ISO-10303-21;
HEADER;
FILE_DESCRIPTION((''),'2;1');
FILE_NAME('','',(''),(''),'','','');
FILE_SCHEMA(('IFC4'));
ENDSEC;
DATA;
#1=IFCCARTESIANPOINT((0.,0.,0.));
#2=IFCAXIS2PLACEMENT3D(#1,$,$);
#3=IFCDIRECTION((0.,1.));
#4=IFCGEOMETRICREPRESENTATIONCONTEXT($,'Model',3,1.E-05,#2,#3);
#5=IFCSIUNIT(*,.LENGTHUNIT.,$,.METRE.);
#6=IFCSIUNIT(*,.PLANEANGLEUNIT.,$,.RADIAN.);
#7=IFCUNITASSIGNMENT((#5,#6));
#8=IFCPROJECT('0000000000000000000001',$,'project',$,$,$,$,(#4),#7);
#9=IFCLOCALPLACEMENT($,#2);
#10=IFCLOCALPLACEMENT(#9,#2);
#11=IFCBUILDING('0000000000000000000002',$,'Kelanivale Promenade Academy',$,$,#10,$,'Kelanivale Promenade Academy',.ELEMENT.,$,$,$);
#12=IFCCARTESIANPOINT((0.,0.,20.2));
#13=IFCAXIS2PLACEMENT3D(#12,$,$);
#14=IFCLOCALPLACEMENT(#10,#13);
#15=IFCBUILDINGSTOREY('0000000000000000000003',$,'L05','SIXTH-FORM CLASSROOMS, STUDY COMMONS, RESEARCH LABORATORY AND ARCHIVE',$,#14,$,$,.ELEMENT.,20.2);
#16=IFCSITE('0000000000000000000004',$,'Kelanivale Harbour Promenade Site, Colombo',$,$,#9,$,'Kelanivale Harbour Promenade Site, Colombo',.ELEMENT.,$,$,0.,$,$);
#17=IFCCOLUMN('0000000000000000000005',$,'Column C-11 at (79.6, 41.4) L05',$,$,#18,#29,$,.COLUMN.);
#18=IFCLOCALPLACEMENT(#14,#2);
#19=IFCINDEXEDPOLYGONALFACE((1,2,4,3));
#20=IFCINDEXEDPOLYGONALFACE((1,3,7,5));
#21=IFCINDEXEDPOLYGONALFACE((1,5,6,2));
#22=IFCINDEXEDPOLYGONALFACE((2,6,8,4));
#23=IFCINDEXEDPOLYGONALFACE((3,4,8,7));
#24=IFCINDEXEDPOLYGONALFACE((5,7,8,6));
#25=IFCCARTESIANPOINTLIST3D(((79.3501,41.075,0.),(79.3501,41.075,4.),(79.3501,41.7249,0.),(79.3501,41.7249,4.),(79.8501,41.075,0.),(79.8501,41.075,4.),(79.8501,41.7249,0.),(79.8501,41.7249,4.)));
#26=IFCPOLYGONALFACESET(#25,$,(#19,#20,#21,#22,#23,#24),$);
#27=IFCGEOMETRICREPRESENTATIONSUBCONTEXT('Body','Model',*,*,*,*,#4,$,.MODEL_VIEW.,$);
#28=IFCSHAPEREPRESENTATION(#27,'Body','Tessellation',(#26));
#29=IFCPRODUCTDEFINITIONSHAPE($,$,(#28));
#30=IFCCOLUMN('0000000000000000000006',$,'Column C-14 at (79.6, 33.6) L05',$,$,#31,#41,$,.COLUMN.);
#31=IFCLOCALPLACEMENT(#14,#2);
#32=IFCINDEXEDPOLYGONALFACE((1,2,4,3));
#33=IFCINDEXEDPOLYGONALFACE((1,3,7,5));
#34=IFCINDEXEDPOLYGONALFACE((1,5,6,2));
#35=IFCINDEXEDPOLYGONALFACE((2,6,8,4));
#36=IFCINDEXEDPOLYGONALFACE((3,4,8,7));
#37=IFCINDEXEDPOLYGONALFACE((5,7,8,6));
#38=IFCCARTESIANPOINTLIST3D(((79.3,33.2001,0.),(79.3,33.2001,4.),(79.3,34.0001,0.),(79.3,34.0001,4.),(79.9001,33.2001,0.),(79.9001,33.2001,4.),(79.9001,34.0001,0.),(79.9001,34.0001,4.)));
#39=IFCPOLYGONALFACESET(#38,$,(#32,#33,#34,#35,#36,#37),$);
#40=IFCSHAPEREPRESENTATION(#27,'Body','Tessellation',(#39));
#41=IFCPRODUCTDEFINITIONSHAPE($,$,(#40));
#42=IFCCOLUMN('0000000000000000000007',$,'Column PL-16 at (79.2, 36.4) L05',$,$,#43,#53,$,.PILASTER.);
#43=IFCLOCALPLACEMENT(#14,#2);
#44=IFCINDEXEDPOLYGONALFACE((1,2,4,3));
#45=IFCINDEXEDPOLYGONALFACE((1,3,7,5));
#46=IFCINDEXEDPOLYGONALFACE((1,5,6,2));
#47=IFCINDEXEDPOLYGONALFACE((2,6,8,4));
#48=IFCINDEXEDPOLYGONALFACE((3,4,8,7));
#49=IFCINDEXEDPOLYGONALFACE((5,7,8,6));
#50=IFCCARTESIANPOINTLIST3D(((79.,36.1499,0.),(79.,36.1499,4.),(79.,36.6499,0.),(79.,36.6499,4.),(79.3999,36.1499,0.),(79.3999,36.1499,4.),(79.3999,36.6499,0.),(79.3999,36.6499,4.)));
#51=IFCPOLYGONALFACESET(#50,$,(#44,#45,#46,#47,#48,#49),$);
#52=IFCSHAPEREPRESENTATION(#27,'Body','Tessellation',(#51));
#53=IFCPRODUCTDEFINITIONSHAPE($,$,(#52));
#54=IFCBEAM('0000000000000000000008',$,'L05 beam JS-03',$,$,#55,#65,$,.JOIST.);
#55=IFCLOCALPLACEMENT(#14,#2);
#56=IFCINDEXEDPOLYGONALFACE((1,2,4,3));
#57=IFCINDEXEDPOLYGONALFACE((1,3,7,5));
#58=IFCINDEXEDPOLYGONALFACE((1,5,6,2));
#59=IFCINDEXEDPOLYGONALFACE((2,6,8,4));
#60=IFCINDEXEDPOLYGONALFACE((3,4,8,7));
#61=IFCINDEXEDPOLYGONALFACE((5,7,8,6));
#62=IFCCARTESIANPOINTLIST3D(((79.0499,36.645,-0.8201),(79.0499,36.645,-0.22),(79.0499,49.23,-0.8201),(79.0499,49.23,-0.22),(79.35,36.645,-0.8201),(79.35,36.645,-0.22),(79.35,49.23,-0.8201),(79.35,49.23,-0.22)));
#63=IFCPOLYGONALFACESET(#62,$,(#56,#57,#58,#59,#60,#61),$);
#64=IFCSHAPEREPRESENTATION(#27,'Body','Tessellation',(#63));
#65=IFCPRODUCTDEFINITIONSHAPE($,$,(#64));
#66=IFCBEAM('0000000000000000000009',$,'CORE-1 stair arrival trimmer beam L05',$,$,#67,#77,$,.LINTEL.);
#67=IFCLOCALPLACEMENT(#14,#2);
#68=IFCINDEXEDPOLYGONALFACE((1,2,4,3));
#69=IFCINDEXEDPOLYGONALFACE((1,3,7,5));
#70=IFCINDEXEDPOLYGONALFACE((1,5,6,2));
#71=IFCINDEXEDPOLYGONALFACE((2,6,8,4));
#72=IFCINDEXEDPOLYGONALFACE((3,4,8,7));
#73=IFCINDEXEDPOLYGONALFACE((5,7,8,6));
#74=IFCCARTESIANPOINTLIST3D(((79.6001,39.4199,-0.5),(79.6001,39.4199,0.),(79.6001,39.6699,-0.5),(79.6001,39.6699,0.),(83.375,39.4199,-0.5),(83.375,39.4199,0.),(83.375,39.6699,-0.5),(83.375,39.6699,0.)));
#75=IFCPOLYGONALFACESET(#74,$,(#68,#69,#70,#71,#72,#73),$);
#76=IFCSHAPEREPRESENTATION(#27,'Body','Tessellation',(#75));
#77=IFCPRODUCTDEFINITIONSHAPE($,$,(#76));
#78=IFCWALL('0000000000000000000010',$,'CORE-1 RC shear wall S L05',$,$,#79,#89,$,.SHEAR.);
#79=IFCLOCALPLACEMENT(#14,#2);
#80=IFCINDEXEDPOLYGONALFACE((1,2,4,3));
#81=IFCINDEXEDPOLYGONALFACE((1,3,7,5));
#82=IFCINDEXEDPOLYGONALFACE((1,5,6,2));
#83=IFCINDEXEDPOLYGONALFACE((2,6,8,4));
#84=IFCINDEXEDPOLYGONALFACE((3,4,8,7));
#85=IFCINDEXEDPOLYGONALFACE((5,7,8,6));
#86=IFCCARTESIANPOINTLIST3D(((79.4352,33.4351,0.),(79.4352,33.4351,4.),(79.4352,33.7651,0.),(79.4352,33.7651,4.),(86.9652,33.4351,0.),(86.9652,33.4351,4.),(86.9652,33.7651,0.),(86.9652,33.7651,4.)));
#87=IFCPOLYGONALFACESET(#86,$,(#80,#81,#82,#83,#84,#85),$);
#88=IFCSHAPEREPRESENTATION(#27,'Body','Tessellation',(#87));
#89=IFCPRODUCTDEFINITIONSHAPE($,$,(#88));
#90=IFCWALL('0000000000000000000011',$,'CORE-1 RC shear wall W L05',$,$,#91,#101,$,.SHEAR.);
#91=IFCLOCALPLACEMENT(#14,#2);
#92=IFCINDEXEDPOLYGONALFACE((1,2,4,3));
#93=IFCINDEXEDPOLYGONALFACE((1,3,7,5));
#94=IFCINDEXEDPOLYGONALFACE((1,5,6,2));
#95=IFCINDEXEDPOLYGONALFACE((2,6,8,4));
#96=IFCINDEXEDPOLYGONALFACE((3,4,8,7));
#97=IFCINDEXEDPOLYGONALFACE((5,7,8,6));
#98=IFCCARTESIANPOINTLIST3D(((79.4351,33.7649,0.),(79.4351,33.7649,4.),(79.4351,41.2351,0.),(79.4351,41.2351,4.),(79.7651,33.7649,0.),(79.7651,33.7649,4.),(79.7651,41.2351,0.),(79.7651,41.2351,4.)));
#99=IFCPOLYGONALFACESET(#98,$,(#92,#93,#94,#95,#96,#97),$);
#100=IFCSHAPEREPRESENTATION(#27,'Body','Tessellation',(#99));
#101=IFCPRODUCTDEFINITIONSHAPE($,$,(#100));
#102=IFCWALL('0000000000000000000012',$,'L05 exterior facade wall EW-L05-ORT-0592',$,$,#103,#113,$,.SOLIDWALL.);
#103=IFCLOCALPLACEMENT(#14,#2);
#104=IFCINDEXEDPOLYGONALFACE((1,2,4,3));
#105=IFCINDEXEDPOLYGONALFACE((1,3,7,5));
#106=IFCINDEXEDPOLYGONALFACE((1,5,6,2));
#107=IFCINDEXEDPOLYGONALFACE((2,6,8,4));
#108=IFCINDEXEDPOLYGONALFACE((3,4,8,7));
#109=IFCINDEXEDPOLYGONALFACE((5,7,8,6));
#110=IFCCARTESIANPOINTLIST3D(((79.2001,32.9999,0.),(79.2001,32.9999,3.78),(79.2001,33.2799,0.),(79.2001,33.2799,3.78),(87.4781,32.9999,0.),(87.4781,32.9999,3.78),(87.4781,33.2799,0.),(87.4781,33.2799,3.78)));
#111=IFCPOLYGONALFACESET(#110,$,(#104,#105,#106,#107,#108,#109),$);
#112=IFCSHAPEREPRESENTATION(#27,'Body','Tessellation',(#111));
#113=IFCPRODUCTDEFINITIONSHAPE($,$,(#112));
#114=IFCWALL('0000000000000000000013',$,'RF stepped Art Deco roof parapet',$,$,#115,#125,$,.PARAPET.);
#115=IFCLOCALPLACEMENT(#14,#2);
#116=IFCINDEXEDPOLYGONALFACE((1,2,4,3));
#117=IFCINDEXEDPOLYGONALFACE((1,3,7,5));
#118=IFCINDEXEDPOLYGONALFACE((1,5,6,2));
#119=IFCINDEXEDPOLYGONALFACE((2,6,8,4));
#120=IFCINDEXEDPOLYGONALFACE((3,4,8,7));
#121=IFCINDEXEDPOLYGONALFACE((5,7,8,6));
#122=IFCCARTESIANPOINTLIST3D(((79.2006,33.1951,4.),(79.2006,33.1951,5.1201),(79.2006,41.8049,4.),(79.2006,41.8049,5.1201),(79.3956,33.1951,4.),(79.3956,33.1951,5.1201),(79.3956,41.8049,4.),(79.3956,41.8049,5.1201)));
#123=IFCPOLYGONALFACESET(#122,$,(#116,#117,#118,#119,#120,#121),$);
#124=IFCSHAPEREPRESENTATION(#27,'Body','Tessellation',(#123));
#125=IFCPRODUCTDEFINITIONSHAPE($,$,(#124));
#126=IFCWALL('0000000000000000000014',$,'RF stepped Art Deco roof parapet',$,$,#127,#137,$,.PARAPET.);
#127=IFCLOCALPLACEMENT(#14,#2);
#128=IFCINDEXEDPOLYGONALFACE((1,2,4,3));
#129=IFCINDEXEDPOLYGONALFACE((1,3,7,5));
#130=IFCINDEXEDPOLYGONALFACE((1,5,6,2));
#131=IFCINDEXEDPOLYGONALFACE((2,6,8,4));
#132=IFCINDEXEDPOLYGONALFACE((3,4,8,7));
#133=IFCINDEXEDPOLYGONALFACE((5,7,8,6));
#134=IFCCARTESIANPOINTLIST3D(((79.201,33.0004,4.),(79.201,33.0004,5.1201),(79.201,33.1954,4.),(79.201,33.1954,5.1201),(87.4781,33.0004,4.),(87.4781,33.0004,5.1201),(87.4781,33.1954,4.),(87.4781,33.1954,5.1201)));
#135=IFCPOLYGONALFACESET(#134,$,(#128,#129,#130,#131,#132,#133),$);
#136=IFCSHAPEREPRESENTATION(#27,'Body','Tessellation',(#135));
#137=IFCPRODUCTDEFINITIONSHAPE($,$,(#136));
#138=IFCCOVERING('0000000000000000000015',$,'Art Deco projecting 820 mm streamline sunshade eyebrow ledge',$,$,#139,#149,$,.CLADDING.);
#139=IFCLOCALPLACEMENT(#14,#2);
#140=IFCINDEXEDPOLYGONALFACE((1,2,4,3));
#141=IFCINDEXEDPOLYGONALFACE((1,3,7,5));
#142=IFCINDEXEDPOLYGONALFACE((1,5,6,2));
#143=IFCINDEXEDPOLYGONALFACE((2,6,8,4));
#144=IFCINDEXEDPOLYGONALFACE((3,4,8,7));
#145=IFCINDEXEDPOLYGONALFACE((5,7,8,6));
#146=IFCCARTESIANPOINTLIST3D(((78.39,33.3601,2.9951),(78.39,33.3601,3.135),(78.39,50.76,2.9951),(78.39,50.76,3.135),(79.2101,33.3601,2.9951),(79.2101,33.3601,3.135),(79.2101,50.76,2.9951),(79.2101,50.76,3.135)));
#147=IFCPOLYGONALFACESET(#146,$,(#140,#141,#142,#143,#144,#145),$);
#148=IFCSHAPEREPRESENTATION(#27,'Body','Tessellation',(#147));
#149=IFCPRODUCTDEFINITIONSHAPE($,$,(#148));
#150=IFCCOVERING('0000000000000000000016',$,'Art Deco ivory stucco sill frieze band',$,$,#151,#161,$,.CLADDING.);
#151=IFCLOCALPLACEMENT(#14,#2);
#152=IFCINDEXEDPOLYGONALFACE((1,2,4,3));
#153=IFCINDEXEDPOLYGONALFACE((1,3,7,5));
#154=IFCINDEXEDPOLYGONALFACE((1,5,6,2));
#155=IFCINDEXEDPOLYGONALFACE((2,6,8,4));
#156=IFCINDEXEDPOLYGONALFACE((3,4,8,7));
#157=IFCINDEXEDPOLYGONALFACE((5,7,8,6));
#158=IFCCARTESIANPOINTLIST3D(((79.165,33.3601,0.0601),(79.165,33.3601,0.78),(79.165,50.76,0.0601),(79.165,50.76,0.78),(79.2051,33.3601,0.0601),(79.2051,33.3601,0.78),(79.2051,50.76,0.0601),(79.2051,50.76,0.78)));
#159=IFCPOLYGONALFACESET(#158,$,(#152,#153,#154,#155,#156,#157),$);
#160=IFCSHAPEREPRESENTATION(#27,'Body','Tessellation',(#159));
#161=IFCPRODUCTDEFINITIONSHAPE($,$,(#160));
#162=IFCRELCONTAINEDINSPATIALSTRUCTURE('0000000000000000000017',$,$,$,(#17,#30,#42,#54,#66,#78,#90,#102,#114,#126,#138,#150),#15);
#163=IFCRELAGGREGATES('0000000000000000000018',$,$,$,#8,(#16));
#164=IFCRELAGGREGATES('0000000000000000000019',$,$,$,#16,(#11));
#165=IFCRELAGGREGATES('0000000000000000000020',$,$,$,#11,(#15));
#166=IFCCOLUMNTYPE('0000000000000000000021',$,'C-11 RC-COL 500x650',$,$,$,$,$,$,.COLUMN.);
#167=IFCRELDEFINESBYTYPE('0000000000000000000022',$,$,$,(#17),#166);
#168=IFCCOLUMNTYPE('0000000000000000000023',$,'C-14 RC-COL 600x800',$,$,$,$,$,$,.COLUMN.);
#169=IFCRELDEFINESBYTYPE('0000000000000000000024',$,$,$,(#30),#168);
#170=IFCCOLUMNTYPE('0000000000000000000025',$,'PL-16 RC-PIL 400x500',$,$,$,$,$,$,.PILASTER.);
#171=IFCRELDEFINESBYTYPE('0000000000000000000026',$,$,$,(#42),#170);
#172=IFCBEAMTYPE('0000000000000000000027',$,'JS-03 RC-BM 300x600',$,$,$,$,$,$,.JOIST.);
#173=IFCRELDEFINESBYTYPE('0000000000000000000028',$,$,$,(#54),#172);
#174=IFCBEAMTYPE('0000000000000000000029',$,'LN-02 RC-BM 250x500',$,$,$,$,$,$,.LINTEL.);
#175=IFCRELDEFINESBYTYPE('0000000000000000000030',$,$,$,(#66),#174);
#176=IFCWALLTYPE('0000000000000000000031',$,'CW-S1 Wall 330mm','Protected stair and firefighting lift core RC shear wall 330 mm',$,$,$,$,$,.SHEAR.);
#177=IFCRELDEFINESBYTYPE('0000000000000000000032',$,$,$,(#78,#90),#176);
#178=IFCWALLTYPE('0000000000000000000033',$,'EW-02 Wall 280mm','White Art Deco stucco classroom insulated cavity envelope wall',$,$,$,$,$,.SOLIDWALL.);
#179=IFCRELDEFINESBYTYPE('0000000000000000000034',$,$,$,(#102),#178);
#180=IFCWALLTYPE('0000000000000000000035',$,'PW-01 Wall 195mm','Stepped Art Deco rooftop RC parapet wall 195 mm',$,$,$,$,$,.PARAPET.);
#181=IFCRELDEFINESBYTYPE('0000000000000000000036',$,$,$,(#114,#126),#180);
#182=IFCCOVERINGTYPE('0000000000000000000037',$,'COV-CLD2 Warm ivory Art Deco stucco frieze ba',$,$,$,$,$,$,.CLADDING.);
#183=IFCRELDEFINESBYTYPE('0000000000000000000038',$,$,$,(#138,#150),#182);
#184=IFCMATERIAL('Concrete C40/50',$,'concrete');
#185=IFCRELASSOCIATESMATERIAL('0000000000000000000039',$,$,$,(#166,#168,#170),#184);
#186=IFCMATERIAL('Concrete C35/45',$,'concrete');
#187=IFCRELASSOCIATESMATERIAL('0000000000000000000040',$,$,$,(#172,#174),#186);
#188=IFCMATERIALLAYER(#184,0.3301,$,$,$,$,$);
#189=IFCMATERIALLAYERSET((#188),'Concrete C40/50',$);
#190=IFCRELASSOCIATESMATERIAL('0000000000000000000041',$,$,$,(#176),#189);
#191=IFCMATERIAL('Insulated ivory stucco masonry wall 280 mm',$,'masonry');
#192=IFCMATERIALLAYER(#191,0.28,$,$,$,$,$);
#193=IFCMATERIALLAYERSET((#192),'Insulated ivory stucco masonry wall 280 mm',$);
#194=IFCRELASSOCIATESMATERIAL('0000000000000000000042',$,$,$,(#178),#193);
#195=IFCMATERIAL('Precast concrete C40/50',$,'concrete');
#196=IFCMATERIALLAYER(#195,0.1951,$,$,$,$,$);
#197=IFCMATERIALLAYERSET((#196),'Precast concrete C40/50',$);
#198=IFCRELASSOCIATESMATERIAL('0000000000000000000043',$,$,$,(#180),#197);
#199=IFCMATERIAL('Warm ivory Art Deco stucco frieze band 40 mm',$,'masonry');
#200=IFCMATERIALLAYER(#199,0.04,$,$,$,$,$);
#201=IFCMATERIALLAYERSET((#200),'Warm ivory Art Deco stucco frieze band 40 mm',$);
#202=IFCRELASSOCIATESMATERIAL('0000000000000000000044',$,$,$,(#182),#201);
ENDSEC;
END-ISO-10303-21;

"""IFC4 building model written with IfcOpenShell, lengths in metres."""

from ifc_helpers import new_model, si_unit, direction, frame, frame_2d, origin, origin_2d, place, context, subcontext, project, spatial, rectangle, extrude, material, layer, layer_set, material_profile, profile_set, type_object, element, save


model = new_model("IFC4")

# Units and contexts
model_context = context("Model", 3, precision=1e-05, world=origin(), true_north=direction((0.0, 1.0)))
body_context = subcontext(model_context, "Body", "Model", "MODEL_VIEW")
ifc_project = project(units=[si_unit("LENGTHUNIT", "METRE"), si_unit("PLANEANGLEUNIT", "RADIAN")], contexts=[model_context])

# Site, building, storey
site_placement = place(None, origin())
site = spatial("IfcSite", under=ifc_project, at=site_placement, Name="Kelanivale Harbour Promenade Site, Colombo", LongName="Kelanivale Harbour Promenade Site, Colombo", CompositionType="ELEMENT", RefElevation=0.0)
building_placement = place(site_placement, origin())
building = spatial("IfcBuilding", under=site, at=building_placement, Name="Kelanivale Promenade Academy", LongName="Kelanivale Promenade Academy", CompositionType="ELEMENT")
storey_placement = place(building_placement, frame((0.0, 0.0, 20.2)))
storey = spatial("IfcBuildingStorey", under=building, at=storey_placement, Name="L05", Description="SIXTH-FORM CLASSROOMS, STUDY COMMONS, RESEARCH LABORATORY AND ARCHIVE", CompositionType="ELEMENT", Elevation=20.2)

# Columns
ifc_material_1 = material(Name="Concrete C40/50", Category="concrete")
ifc_material_profile_1 = material_profile(ifc_material_1, rectangle(XDim=0.5, YDim=0.6499, at=origin_2d()), Name="RC-COL 500x650")
ifc_profile_set_1 = profile_set([ifc_material_profile_1], Name="Concrete C40/50")
column_type_1 = type_object("IfcColumnType", Name="C-11 RC-COL 500x650", PredefinedType="COLUMN", material=ifc_profile_set_1)
column_1_placement = place(storey_placement, frame((79.6001, 41.3999, 0.0), z_axis=(0.0, 0.0, 1.0), x_axis=(1.0, 0.0, 0.0)))
element("IfcColumn", 1, at=column_1_placement, inside=storey, type_object=column_type_1, Name="Column C-11 at (79.6, 41.4) L05", PredefinedType="COLUMN", context=body_context, shape_type="SweptSolid", body=[
    extrude(rectangle(XDim=0.5, YDim=0.6499, at=origin_2d()), origin(), (0.0, 0.0, 1.0), 4.0),
])
ifc_material_profile_2 = material_profile(ifc_material_1, rectangle(XDim=0.6001, YDim=0.8, at=origin_2d()), Name="RC-COL 600x800")
ifc_profile_set_2 = profile_set([ifc_material_profile_2], Name="Concrete C40/50")
column_type_2 = type_object("IfcColumnType", Name="C-14 RC-COL 600x800", PredefinedType="COLUMN", material=ifc_profile_set_2)
column_2_placement = place(storey_placement, frame((79.6001, 33.6001, 0.0), z_axis=(0.0, 0.0, 1.0), x_axis=(1.0, 0.0, 0.0)))
element("IfcColumn", 2, at=column_2_placement, inside=storey, type_object=column_type_2, Name="Column C-14 at (79.6, 33.6) L05", PredefinedType="COLUMN", context=body_context, shape_type="SweptSolid", body=[
    extrude(rectangle(XDim=0.6001, YDim=0.8, at=origin_2d()), origin(), (0.0, 0.0, 1.0), 4.0),
])
ifc_material_profile_3 = material_profile(ifc_material_1, rectangle(XDim=0.3999, YDim=0.5, at=origin_2d()), Name="RC-PIL 400x500")
ifc_profile_set_3 = profile_set([ifc_material_profile_3], Name="Concrete C40/50")
column_type_3 = type_object("IfcColumnType", Name="PL-16 RC-PIL 400x500", PredefinedType="PILASTER", material=ifc_profile_set_3)
column_3_placement = place(storey_placement, frame((79.2, 36.3999, 0.0), z_axis=(0.0, 0.0, 1.0), x_axis=(1.0, 0.0, 0.0)))
element("IfcColumn", 3, at=column_3_placement, inside=storey, type_object=column_type_3, Name="Column PL-16 at (79.2, 36.4) L05", PredefinedType="PILASTER", context=body_context, shape_type="SweptSolid", body=[
    extrude(rectangle(XDim=0.3999, YDim=0.5, at=origin_2d()), origin(), (0.0, 0.0, 1.0), 4.0),
])

# Beams
ifc_material_2 = material(Name="Concrete C35/45", Category="concrete")
ifc_material_profile_4 = material_profile(ifc_material_2, rectangle(XDim=0.3, YDim=0.6001, at=origin_2d()), Name="RC-BM 300x600")
ifc_profile_set_4 = profile_set([ifc_material_profile_4], Name="Concrete C35/45")
beam_type_1 = type_object("IfcBeamType", Name="JS-03 RC-BM 300x600", PredefinedType="JOIST", material=ifc_profile_set_4)
beam_1_placement = place(storey_placement, frame((79.2, 36.645, -0.52), z_axis=(0.0, 1.0, 0.0), x_axis=(-1.0, 0.0, 0.0)))
element("IfcBeam", 4, at=beam_1_placement, inside=storey, type_object=beam_type_1, Name="L05 beam JS-03", PredefinedType="JOIST", context=body_context, shape_type="SweptSolid", body=[
    extrude(rectangle(XDim=0.3, YDim=0.6001, at=origin_2d()), origin(), (0.0, 0.0, 1.0), 12.585),
])
ifc_material_profile_5 = material_profile(ifc_material_2, rectangle(XDim=0.25, YDim=0.5, at=origin_2d()), Name="RC-BM 250x500")
ifc_profile_set_5 = profile_set([ifc_material_profile_5], Name="Concrete C35/45")
beam_type_2 = type_object("IfcBeamType", Name="LN-02 RC-BM 250x500", PredefinedType="LINTEL", material=ifc_profile_set_5)
beam_2_placement = place(storey_placement, frame((79.6001, 39.5449, -0.25), z_axis=(1.0, 0.0, 0.0), x_axis=(0.0, 1.0, 0.0)))
element("IfcBeam", 5, at=beam_2_placement, inside=storey, type_object=beam_type_2, Name="CORE-1 stair arrival trimmer beam L05", PredefinedType="LINTEL", context=body_context, shape_type="SweptSolid", body=[
    extrude(rectangle(XDim=0.25, YDim=0.5, at=origin_2d()), origin(), (0.0, 0.0, 1.0), 3.7749),
])

# Wall
ifc_layer_1 = layer(ifc_material_1, 0.3301)
ifc_layer_set_1 = layer_set([ifc_layer_1], Name="Concrete C40/50")
wall_type_1 = type_object("IfcWallType", Name="CW-S1 Wall 330mm", Description="Protected stair and firefighting lift core RC shear wall 330 mm", PredefinedType="SHEAR", material=ifc_layer_set_1)
wall_1_placement = place(storey_placement, frame((79.4351, 33.6001, 0.0), z_axis=(0.0, 0.0, 1.0), x_axis=(1.0, 0.0, 0.0)))
element("IfcWall", 6, at=wall_1_placement, inside=storey, type_object=wall_type_1, Name="CORE-1 RC shear wall S L05", PredefinedType="SHEAR", context=body_context, shape_type="SweptSolid", body=[
    extrude(rectangle(XDim=7.53, YDim=0.3301, at=frame_2d((3.7651, 0.0))), origin(), (0.0, 0.0, 1.0), 4.0),
])

# Walls
wall_2_placement = place(storey_placement, frame((79.6001, 33.7649, 0.0), z_axis=(0.0, 0.0, 1.0), x_axis=(0.0, 1.0, 0.0)))
element("IfcWall", 7, at=wall_2_placement, inside=storey, type_object=wall_type_1, Name="CORE-1 RC shear wall W L05", PredefinedType="SHEAR", context=body_context, shape_type="SweptSolid", body=[
    extrude(rectangle(XDim=7.4702, YDim=0.3301, at=frame_2d((3.7351, 0.0))), origin(), (0.0, 0.0, 1.0), 4.0),
])
ifc_material_3 = material(Name="Insulated ivory stucco masonry wall 280 mm", Category="masonry")
ifc_layer_2 = layer(ifc_material_3, 0.28)
ifc_layer_set_2 = layer_set([ifc_layer_2], Name="Insulated ivory stucco masonry wall 280 mm")
wall_type_2 = type_object("IfcWallType", Name="EW-02 Wall 280mm", Description="White Art Deco stucco classroom insulated cavity envelope wall", PredefinedType="SOLIDWALL", material=ifc_layer_set_2)
wall_3_placement = place(storey_placement, frame((79.2, 33.1399, 0.0), z_axis=(0.0, 0.0, 1.0), x_axis=(1.0, 0.0, 0.0)))
element("IfcWall", 8, at=wall_3_placement, inside=storey, type_object=wall_type_2, Name="L05 exterior facade wall EW-L05-ORT-0592", PredefinedType="SOLIDWALL", context=body_context, shape_type="SweptSolid", body=[
    extrude(rectangle(XDim=8.2781, YDim=0.28, at=frame_2d((4.1392, 0.0))), origin(), (0.0, 0.0, 1.0), 3.78),
])
ifc_material_4 = material(Name="Precast concrete C40/50", Category="concrete")
ifc_layer_3 = layer(ifc_material_4, 0.1951)
ifc_layer_set_3 = layer_set([ifc_layer_3], Name="Precast concrete C40/50")
wall_type_3 = type_object("IfcWallType", Name="PW-01 Wall 195mm", Description="Stepped Art Deco rooftop RC parapet wall 195 mm", PredefinedType="PARAPET", material=ifc_layer_set_3)
wall_4_placement = place(storey_placement, frame((79.2981, 41.8049, 4.0), z_axis=(0.0, 0.0, 1.0), x_axis=(0.0, -1.0, 0.0)))
element("IfcWall", 9, at=wall_4_placement, inside=storey, type_object=wall_type_3, Name="RF stepped Art Deco roof parapet", PredefinedType="PARAPET", context=body_context, shape_type="SweptSolid", body=[
    extrude(rectangle(XDim=8.6099, YDim=0.1951, at=frame_2d((4.3049, 0.0))), origin(), (0.0, 0.0, 1.0), 1.1201),
])
wall_5_placement = place(storey_placement, frame((79.2009, 33.0979, 4.0), z_axis=(0.0, 0.0, 1.0), x_axis=(1.0, 0.0, 0.0)))
element("IfcWall", 10, at=wall_5_placement, inside=storey, type_object=wall_type_3, Name="RF stepped Art Deco roof parapet", PredefinedType="PARAPET", context=body_context, shape_type="SweptSolid", body=[
    extrude(rectangle(XDim=8.2771, YDim=0.1951, at=frame_2d((4.1387, 0.0))), origin(), (0.0, 0.0, 1.0), 1.1201),
])

# Coverings
ifc_material_5 = material(Name="Warm ivory Art Deco stucco frieze band 40 mm", Category="masonry")
ifc_layer_4 = layer(ifc_material_5, 0.04)
ifc_layer_set_4 = layer_set([ifc_layer_4], Name="Warm ivory Art Deco stucco frieze band 40 mm")
covering_type = type_object("IfcCoveringType", Name="COV-CLD2 Warm ivory Art Deco stucco frieze ba", PredefinedType="CLADDING", material=ifc_layer_set_4)
covering_1_placement = place(storey_placement, frame((78.8, 42.0601, 2.9951), z_axis=(0.0, 0.0, 1.0), x_axis=(0.0, -1.0, 0.0)))
element("IfcCovering", 11, at=covering_1_placement, inside=storey, type_object=covering_type, Name="Art Deco projecting 820 mm streamline sunshade eyebrow ledge", PredefinedType="CLADDING", context=body_context, shape_type="SweptSolid", body=[
    extrude(rectangle(XDim=17.3999, YDim=0.8201, at=origin_2d()), origin(), (0.0, 0.0, 1.0), 0.1399),
])
covering_2_placement = place(storey_placement, frame((79.1851, 42.0601, 0.0601), z_axis=(0.0, 0.0, 1.0), x_axis=(0.0, -1.0, 0.0)))
element("IfcCovering", 12, at=covering_2_placement, inside=storey, type_object=covering_type, Name="Art Deco ivory stucco sill frieze band", PredefinedType="CLADDING", context=body_context, shape_type="SweptSolid", body=[
    extrude(rectangle(XDim=17.3999, YDim=0.04, at=origin_2d()), origin(), (0.0, 0.0, 1.0), 0.72),
])

save(model, "model.ifc")
